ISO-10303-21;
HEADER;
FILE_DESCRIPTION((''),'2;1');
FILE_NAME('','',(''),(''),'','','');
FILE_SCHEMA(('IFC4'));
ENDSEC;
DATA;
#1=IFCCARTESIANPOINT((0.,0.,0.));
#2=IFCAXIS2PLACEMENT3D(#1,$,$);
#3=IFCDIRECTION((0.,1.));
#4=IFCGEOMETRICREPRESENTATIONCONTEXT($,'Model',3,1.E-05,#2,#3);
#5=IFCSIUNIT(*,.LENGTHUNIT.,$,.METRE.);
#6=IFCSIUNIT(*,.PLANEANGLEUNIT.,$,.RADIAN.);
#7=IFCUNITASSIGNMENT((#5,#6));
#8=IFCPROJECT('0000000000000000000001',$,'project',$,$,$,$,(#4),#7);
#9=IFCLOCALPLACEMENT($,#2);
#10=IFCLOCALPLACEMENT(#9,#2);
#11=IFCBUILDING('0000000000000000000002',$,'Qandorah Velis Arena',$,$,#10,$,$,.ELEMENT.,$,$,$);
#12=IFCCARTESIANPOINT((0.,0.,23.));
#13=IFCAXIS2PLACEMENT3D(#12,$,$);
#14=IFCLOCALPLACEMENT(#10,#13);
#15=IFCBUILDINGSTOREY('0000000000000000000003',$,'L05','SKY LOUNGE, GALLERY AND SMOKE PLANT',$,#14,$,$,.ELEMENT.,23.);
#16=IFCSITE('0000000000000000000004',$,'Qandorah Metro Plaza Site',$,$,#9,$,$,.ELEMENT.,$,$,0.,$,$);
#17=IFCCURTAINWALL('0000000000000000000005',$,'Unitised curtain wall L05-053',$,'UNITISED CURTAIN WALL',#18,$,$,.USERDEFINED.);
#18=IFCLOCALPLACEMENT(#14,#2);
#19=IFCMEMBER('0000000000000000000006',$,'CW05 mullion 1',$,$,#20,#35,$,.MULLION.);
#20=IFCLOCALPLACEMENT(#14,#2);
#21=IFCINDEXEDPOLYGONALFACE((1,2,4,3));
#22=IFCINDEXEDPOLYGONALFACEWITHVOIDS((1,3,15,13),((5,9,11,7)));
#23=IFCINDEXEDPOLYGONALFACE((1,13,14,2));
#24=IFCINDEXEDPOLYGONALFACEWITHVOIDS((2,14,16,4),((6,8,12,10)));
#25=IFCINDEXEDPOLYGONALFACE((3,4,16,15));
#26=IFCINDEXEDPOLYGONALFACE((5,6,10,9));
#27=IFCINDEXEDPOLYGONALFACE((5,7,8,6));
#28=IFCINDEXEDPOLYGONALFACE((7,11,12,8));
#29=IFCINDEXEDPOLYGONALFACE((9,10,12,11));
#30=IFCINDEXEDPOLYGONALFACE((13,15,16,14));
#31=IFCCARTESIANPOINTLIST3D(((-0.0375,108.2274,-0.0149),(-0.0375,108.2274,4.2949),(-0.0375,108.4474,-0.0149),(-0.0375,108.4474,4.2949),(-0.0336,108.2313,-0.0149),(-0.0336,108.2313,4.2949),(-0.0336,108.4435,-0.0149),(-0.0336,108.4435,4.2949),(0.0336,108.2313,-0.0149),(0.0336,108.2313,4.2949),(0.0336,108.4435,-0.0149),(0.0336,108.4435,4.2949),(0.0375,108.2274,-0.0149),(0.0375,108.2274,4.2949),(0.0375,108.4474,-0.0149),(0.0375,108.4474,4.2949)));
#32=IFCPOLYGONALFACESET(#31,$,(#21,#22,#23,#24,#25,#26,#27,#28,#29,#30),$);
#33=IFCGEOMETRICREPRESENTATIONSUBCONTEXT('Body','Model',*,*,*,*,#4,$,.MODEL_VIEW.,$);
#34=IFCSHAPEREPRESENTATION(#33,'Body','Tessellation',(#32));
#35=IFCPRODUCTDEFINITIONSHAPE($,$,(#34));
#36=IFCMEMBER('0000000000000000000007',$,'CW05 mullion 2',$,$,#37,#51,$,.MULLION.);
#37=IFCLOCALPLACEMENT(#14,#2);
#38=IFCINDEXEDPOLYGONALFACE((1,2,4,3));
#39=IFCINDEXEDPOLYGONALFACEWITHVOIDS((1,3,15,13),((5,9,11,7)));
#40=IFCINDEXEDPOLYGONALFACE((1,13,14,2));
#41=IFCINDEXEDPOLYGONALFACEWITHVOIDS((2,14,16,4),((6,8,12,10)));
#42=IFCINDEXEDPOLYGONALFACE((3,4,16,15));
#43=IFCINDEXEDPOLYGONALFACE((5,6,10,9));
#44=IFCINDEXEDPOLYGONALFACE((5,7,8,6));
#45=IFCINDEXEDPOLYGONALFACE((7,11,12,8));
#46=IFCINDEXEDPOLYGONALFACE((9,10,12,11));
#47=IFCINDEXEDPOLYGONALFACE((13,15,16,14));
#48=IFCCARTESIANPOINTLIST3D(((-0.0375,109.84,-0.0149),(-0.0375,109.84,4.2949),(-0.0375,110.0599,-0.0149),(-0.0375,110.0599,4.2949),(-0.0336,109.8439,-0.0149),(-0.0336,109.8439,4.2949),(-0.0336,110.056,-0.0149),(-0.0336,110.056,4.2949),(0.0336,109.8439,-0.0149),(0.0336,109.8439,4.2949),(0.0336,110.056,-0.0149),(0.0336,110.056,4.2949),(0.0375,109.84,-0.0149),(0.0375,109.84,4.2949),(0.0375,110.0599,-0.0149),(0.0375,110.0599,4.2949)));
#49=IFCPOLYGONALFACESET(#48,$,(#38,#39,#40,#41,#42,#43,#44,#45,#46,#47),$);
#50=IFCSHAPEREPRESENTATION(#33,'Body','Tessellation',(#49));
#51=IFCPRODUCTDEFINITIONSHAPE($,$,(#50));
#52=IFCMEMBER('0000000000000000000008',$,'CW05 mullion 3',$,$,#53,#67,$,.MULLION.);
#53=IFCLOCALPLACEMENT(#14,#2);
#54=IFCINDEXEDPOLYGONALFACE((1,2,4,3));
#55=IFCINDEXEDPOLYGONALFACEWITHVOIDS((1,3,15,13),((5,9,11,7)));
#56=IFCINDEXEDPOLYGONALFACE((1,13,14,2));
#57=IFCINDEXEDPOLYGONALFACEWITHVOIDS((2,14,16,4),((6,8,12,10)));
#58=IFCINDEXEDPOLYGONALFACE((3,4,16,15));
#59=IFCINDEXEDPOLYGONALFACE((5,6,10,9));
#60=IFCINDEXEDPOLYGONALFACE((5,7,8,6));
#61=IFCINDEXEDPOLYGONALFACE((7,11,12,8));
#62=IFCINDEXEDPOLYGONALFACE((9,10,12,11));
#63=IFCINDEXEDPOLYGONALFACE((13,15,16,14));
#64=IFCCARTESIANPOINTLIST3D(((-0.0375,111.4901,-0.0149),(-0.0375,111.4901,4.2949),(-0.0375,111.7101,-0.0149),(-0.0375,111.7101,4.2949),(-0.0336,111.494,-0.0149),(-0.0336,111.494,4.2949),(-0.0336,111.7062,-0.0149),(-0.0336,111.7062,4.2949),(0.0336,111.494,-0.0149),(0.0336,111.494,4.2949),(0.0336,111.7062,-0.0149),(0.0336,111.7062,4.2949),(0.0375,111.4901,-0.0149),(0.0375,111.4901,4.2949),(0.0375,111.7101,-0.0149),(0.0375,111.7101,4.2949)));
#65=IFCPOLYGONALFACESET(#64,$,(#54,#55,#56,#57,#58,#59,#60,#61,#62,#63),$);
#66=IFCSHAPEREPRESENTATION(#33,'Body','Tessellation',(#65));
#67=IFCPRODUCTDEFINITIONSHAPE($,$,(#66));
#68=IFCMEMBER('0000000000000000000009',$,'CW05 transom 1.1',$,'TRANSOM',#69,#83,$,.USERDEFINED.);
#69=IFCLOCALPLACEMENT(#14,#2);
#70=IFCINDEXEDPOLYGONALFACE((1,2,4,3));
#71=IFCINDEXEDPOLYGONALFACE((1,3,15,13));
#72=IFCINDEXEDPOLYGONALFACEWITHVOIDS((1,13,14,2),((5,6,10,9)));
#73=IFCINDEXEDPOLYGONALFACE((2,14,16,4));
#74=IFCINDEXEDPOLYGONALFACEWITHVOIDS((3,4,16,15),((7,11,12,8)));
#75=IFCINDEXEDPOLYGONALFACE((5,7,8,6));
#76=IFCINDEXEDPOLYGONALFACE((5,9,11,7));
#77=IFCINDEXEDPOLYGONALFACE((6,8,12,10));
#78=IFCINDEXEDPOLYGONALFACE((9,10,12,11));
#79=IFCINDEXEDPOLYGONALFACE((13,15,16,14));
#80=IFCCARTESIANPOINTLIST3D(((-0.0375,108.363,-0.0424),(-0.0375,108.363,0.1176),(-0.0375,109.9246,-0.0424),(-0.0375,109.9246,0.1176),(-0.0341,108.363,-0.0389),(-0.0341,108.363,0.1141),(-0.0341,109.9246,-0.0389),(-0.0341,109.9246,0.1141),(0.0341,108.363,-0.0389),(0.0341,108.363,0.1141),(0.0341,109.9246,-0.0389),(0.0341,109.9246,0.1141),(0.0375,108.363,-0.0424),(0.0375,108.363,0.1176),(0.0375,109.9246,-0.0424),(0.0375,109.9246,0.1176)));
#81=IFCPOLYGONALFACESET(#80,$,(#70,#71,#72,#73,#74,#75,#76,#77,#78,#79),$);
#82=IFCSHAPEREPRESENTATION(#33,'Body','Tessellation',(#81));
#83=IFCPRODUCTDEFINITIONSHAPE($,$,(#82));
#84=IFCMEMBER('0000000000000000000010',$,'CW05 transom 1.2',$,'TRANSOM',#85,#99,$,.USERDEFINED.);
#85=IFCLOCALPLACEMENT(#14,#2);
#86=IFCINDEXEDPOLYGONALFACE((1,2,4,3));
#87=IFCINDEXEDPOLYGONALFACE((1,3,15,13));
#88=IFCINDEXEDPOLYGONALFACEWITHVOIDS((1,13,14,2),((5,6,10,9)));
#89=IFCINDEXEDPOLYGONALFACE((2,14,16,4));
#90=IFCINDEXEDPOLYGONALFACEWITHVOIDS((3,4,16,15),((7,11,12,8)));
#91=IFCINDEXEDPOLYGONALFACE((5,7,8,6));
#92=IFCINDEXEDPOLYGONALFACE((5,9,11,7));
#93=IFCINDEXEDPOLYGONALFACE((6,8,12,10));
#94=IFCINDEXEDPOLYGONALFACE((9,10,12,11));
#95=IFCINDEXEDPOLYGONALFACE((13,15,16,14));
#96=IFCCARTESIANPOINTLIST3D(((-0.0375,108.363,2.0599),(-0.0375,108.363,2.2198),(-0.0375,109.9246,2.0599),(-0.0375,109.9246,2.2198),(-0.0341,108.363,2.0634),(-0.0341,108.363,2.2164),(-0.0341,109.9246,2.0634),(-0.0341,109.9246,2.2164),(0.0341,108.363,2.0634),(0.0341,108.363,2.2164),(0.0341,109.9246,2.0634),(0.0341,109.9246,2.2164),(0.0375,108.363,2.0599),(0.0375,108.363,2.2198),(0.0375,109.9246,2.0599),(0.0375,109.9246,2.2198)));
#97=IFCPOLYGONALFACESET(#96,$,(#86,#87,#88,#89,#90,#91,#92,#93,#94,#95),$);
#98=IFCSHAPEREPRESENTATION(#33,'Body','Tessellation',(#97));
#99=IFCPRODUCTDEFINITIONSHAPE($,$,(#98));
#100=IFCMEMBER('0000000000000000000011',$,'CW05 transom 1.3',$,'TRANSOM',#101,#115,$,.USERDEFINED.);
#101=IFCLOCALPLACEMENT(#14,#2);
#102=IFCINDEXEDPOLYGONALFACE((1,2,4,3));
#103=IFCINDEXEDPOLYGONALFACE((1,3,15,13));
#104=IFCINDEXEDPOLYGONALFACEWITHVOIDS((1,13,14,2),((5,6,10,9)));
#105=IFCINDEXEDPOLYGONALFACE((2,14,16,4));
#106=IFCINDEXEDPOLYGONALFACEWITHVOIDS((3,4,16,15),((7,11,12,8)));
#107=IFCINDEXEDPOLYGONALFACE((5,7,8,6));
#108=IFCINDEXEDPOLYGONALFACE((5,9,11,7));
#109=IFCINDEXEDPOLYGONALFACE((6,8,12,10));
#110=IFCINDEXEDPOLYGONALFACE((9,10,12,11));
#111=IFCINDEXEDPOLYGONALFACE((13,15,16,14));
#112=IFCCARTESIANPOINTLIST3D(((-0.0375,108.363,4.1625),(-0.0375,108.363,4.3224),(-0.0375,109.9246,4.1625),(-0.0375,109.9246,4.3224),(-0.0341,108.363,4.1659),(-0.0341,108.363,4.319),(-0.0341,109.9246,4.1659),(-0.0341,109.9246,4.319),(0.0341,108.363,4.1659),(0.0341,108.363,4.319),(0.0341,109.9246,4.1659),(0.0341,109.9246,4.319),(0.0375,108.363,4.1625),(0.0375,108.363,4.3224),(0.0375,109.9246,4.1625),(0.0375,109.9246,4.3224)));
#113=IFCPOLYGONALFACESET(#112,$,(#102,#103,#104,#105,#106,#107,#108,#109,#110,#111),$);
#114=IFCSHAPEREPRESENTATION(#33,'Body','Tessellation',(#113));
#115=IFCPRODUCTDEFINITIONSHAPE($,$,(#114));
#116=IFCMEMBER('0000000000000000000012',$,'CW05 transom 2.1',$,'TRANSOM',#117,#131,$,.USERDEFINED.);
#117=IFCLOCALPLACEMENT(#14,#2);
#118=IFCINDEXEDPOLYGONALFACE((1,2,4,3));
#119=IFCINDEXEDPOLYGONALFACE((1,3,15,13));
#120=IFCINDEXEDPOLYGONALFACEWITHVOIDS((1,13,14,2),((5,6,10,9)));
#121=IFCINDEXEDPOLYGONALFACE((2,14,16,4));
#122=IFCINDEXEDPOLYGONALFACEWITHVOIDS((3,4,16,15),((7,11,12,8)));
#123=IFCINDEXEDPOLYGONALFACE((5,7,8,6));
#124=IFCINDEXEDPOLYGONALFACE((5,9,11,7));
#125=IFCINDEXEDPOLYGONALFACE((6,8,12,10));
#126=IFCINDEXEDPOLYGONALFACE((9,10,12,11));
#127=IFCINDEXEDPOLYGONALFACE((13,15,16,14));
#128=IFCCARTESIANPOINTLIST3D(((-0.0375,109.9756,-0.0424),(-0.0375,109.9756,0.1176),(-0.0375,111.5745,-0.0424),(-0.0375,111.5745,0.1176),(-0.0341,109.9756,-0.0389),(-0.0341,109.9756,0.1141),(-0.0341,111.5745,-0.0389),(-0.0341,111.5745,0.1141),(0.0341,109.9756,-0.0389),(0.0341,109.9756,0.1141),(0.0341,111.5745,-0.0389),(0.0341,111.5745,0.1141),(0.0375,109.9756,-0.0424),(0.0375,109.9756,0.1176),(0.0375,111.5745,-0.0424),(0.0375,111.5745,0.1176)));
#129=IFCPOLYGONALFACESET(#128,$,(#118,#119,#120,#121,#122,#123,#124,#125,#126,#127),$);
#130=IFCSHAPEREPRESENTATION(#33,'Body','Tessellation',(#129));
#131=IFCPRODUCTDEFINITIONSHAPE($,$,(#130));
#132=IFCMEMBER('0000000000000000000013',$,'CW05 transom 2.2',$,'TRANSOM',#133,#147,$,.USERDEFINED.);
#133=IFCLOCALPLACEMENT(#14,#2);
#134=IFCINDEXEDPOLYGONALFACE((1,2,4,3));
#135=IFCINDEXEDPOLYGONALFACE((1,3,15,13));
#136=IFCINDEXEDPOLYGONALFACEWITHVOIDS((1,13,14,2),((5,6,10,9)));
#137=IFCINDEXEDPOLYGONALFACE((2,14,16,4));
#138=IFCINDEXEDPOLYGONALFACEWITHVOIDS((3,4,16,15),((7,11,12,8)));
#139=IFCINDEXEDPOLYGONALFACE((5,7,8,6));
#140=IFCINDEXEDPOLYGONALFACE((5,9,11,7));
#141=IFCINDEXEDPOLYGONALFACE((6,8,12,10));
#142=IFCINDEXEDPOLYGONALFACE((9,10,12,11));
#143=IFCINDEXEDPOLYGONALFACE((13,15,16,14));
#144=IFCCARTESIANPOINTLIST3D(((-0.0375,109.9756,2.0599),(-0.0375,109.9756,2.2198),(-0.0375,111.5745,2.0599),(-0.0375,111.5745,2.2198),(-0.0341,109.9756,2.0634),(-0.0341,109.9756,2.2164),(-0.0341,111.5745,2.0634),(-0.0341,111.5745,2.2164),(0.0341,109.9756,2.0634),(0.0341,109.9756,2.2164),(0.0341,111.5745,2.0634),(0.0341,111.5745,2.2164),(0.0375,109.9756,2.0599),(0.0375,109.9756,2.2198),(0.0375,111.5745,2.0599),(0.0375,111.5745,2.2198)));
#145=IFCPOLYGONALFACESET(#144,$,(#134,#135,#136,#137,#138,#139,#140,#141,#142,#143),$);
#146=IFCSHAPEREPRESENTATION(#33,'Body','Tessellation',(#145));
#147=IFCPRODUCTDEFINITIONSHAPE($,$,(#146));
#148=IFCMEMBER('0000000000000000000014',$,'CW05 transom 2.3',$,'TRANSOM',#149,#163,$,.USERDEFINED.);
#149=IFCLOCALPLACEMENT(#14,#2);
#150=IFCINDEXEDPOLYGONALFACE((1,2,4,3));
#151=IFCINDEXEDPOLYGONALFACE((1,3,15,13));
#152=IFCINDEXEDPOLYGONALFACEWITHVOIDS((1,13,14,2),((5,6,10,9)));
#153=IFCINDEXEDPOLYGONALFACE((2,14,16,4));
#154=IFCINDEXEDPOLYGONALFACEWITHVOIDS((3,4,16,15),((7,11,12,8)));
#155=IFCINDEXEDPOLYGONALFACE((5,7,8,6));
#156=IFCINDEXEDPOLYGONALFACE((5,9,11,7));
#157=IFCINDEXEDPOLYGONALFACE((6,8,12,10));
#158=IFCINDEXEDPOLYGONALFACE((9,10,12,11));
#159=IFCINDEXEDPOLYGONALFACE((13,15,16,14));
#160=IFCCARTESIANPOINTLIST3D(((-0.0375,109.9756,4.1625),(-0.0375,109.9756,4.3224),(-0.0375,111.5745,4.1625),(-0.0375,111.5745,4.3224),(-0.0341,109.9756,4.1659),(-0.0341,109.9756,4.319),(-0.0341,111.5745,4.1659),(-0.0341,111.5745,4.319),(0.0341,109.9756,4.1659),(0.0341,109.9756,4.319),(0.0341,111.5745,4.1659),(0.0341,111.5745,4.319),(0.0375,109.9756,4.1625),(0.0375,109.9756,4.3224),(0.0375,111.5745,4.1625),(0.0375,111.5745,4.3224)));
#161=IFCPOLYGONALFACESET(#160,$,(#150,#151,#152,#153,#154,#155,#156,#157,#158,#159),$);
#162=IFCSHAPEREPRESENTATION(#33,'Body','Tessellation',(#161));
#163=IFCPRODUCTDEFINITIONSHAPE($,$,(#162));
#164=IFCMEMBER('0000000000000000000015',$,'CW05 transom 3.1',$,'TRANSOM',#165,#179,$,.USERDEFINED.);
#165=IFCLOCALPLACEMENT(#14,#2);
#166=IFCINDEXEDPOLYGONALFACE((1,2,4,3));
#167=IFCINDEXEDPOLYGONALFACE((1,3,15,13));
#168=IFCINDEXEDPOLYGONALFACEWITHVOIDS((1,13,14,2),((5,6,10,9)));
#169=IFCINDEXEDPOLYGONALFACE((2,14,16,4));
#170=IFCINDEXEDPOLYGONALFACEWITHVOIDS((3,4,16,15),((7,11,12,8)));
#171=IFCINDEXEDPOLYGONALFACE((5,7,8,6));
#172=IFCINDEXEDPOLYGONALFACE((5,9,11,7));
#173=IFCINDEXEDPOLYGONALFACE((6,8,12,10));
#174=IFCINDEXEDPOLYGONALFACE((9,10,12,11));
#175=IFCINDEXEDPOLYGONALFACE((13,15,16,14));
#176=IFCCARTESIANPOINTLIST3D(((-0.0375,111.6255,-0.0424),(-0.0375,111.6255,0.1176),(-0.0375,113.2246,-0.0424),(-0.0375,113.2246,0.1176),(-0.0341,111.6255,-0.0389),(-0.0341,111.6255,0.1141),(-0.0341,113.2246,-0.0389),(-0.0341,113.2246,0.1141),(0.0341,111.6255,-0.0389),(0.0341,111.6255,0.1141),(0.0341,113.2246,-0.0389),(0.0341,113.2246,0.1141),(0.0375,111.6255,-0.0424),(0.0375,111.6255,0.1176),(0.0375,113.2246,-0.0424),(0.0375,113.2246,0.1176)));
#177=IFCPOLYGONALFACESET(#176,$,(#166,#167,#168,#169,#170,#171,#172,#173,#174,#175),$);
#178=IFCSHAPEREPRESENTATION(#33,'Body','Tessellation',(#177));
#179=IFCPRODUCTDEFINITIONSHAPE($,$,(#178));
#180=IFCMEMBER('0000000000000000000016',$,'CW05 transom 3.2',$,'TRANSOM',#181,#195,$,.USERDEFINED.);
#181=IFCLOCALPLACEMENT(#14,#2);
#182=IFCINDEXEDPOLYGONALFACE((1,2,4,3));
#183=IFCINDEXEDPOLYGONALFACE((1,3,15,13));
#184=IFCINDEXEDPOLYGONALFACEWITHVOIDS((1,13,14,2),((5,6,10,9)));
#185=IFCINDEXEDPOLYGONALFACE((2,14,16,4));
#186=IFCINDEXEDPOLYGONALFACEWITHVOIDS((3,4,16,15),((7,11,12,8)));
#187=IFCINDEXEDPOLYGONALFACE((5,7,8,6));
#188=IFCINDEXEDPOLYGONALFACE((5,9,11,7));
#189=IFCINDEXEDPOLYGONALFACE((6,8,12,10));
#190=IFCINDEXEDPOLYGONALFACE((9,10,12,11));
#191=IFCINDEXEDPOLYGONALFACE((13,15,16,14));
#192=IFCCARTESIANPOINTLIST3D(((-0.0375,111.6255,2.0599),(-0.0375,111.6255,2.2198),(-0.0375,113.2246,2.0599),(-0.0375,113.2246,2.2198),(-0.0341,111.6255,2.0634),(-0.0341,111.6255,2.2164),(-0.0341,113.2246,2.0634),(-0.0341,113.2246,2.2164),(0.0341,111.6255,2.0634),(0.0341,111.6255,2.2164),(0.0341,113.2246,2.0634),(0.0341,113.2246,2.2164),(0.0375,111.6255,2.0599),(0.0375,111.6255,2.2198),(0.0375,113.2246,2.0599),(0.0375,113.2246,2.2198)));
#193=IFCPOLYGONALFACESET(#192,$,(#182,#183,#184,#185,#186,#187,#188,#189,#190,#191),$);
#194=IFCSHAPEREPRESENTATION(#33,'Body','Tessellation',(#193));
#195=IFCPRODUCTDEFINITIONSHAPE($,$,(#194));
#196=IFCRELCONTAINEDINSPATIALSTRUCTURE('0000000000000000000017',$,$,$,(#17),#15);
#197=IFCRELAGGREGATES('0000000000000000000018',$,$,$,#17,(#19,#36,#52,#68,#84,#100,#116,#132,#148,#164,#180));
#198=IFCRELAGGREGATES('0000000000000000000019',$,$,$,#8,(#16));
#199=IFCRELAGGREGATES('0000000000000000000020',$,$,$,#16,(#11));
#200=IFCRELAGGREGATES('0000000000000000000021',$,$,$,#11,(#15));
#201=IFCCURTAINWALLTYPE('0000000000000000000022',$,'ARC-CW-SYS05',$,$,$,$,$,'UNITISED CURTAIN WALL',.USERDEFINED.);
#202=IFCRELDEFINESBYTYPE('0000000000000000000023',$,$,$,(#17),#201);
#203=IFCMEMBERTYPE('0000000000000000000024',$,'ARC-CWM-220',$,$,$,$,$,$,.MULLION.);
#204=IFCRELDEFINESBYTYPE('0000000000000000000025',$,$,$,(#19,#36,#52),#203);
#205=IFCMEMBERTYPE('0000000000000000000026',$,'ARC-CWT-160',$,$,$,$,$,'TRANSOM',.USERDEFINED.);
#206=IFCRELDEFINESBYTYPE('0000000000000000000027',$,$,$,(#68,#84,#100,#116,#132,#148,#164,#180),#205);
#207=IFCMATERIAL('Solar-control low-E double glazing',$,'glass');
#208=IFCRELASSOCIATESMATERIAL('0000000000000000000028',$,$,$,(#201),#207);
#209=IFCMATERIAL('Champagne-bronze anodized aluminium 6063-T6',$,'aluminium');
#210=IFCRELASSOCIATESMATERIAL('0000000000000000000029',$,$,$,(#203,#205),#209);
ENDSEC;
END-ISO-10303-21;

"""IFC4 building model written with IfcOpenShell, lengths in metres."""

from ifc_helpers import new_model, si_unit, direction, frame, origin, origin_2d, place, context, subcontext, project, spatial, hollow_rectangle, extrude, material, material_profile, profile_set, type_object, element, aggregate, save


model = new_model("IFC4")

# Units and contexts
model_context = context("Model", 3, precision=1e-05, world=origin(), true_north=direction((0.0, 1.0)))
body_context = subcontext(model_context, "Body", "Model", "MODEL_VIEW")
ifc_project = project(units=[si_unit("LENGTHUNIT", "METRE"), si_unit("PLANEANGLEUNIT", "RADIAN")], contexts=[model_context])

# Site, building, storey
site_placement = place(None, origin())
site = spatial("IfcSite", under=ifc_project, at=site_placement, Name="Qandorah Metro Plaza Site", CompositionType="ELEMENT", RefElevation=0.0)
building_placement = place(site_placement, origin())
building = spatial("IfcBuilding", under=site, at=building_placement, Name="Qandorah Velis Arena", CompositionType="ELEMENT")
storey_placement = place(building_placement, frame((0.0, 0.0, 23.0)))
storey = spatial("IfcBuildingStorey", under=building, at=storey_placement, Name="L05", Description="SKY LOUNGE, GALLERY AND SMOKE PLANT", CompositionType="ELEMENT", Elevation=23.0)

# Curtain wall, members
ifc_material_1 = material(Name="Solar-control low-E double glazing", Category="glass")
curtain_wall_type = type_object("IfcCurtainWallType", Name="ARC-CW-SYS05", ElementType="UNITISED CURTAIN WALL", PredefinedType="USERDEFINED", material=ifc_material_1)
curtain_wall_placement = place(storey_placement, origin())
curtain_wall = element("IfcCurtainWall", 1, at=curtain_wall_placement, inside=storey, type_object=curtain_wall_type, Name="Unitised curtain wall L05-053", ObjectType="UNITISED CURTAIN WALL", PredefinedType="USERDEFINED")
ifc_material_2 = material(Name="Champagne-bronze anodized aluminium 6063-T6", Category="aluminium")
ifc_material_profile_1 = material_profile(ifc_material_2, hollow_rectangle(XDim=0.075, YDim=0.22, WallThickness=0.0039, at=origin_2d()), Name="ALU MULLION 75x220")
ifc_profile_set_1 = profile_set([ifc_material_profile_1], Name="Champagne-bronze anodized aluminium 6063-T6")
member_type_1 = type_object("IfcMemberType", Name="ARC-CWM-220", PredefinedType="MULLION", material=ifc_profile_set_1)
member_1_placement = place(storey_placement, frame((0.0, 108.3374, -0.0149), z_axis=(0.0, 0.0, 1.0), x_axis=(-1.0, 0.0, 0.0)))
member_1 = element("IfcMember", 2, at=member_1_placement, type_object=member_type_1, Name="CW05 mullion 1", PredefinedType="MULLION", context=body_context, shape_type="SweptSolid", body=[
    extrude(hollow_rectangle(XDim=0.075, YDim=0.22, WallThickness=0.0039, at=origin_2d()), origin(), (0.0, 0.0, 1.0), 4.3098),
])
member_2_placement = place(storey_placement, frame((0.0, 109.95, -0.0149), z_axis=(0.0, 0.0, 1.0), x_axis=(-1.0, 0.0, 0.0)))
member_2 = element("IfcMember", 3, at=member_2_placement, type_object=member_type_1, Name="CW05 mullion 2", PredefinedType="MULLION", context=body_context, shape_type="SweptSolid", body=[
    extrude(hollow_rectangle(XDim=0.075, YDim=0.22, WallThickness=0.0039, at=origin_2d()), origin(), (0.0, 0.0, 1.0), 4.3098),
])
member_3_placement = place(storey_placement, frame((0.0, 111.6001, -0.0149), z_axis=(0.0, 0.0, 1.0), x_axis=(-1.0, 0.0, 0.0)))
member_3 = element("IfcMember", 4, at=member_3_placement, type_object=member_type_1, Name="CW05 mullion 3", PredefinedType="MULLION", context=body_context, shape_type="SweptSolid", body=[
    extrude(hollow_rectangle(XDim=0.075, YDim=0.22, WallThickness=0.0039, at=origin_2d()), origin(), (0.0, 0.0, 1.0), 4.3098),
])
ifc_material_profile_2 = material_profile(ifc_material_2, hollow_rectangle(XDim=0.075, YDim=0.1599, WallThickness=0.0034, at=origin_2d()), Name="ALU TRANSOM 75x160")
ifc_profile_set_2 = profile_set([ifc_material_profile_2], Name="Champagne-bronze anodized aluminium 6063-T6")
member_type_2 = type_object("IfcMemberType", Name="ARC-CWT-160", ElementType="TRANSOM", PredefinedType="USERDEFINED", material=ifc_profile_set_2)
member_4_placement = place(storey_placement, frame((0.0, 108.363, 0.0376), z_axis=(0.0, 1.0, 0.0), x_axis=(-1.0, 0.0, 0.0)))
member_4 = element("IfcMember", 5, at=member_4_placement, type_object=member_type_2, Name="CW05 transom 1.1", ObjectType="TRANSOM", PredefinedType="USERDEFINED", context=body_context, shape_type="SweptSolid", body=[
    extrude(hollow_rectangle(XDim=0.075, YDim=0.1599, WallThickness=0.0034, at=origin_2d()), origin(), (0.0, 0.0, 1.0), 1.5615),
])
member_5_placement = place(storey_placement, frame((0.0, 108.363, 2.1399), z_axis=(0.0, 1.0, 0.0), x_axis=(-1.0, 0.0, 0.0)))
member_5 = element("IfcMember", 6, at=member_5_placement, type_object=member_type_2, Name="CW05 transom 1.2", ObjectType="TRANSOM", PredefinedType="USERDEFINED", context=body_context, shape_type="SweptSolid", body=[
    extrude(hollow_rectangle(XDim=0.075, YDim=0.1599, WallThickness=0.0034, at=origin_2d()), origin(), (0.0, 0.0, 1.0), 1.5615),
])
member_6_placement = place(storey_placement, frame((0.0, 108.363, 4.2424), z_axis=(0.0, 1.0, 0.0), x_axis=(-1.0, 0.0, 0.0)))
member_6 = element("IfcMember", 7, at=member_6_placement, type_object=member_type_2, Name="CW05 transom 1.3", ObjectType="TRANSOM", PredefinedType="USERDEFINED", context=body_context, shape_type="SweptSolid", body=[
    extrude(hollow_rectangle(XDim=0.075, YDim=0.1599, WallThickness=0.0034, at=origin_2d()), origin(), (0.0, 0.0, 1.0), 1.5615),
])
member_7_placement = place(storey_placement, frame((0.0, 109.9756, 0.0376), z_axis=(0.0, 1.0, 0.0), x_axis=(-1.0, 0.0, 0.0)))
member_7 = element("IfcMember", 8, at=member_7_placement, type_object=member_type_2, Name="CW05 transom 2.1", ObjectType="TRANSOM", PredefinedType="USERDEFINED", context=body_context, shape_type="SweptSolid", body=[
    extrude(hollow_rectangle(XDim=0.075, YDim=0.1599, WallThickness=0.0034, at=origin_2d()), origin(), (0.0, 0.0, 1.0), 1.5989),
])
member_8_placement = place(storey_placement, frame((0.0, 109.9756, 2.1399), z_axis=(0.0, 1.0, 0.0), x_axis=(-1.0, 0.0, 0.0)))
member_8 = element("IfcMember", 9, at=member_8_placement, type_object=member_type_2, Name="CW05 transom 2.2", ObjectType="TRANSOM", PredefinedType="USERDEFINED", context=body_context, shape_type="SweptSolid", body=[
    extrude(hollow_rectangle(XDim=0.075, YDim=0.1599, WallThickness=0.0034, at=origin_2d()), origin(), (0.0, 0.0, 1.0), 1.5989),
])
member_9_placement = place(storey_placement, frame((0.0, 109.9756, 4.2424), z_axis=(0.0, 1.0, 0.0), x_axis=(-1.0, 0.0, 0.0)))
member_9 = element("IfcMember", 10, at=member_9_placement, type_object=member_type_2, Name="CW05 transom 2.3", ObjectType="TRANSOM", PredefinedType="USERDEFINED", context=body_context, shape_type="SweptSolid", body=[
    extrude(hollow_rectangle(XDim=0.075, YDim=0.1599, WallThickness=0.0034, at=origin_2d()), origin(), (0.0, 0.0, 1.0), 1.5989),
])
member_10_placement = place(storey_placement, frame((0.0, 111.6255, 0.0376), z_axis=(0.0, 1.0, 0.0), x_axis=(-1.0, 0.0, 0.0)))
member_10 = element("IfcMember", 11, at=member_10_placement, type_object=member_type_2, Name="CW05 transom 3.1", ObjectType="TRANSOM", PredefinedType="USERDEFINED", context=body_context, shape_type="SweptSolid", body=[
    extrude(hollow_rectangle(XDim=0.075, YDim=0.1599, WallThickness=0.0034, at=origin_2d()), origin(), (0.0, 0.0, 1.0), 1.5991),
])
member_11_placement = place(storey_placement, frame((0.0, 111.6255, 2.1399), z_axis=(0.0, 1.0, 0.0), x_axis=(-1.0, 0.0, 0.0)))
member_11 = element("IfcMember", 12, at=member_11_placement, type_object=member_type_2, Name="CW05 transom 3.2", ObjectType="TRANSOM", PredefinedType="USERDEFINED", context=body_context, shape_type="SweptSolid", body=[
    extrude(hollow_rectangle(XDim=0.075, YDim=0.1599, WallThickness=0.0034, at=origin_2d()), origin(), (0.0, 0.0, 1.0), 1.5991),
])

aggregate(curtain_wall, [member_1, member_2, member_3, member_4, member_5, member_6, member_7, member_8, member_9, member_10, member_11])

save(model, "model.ifc")
